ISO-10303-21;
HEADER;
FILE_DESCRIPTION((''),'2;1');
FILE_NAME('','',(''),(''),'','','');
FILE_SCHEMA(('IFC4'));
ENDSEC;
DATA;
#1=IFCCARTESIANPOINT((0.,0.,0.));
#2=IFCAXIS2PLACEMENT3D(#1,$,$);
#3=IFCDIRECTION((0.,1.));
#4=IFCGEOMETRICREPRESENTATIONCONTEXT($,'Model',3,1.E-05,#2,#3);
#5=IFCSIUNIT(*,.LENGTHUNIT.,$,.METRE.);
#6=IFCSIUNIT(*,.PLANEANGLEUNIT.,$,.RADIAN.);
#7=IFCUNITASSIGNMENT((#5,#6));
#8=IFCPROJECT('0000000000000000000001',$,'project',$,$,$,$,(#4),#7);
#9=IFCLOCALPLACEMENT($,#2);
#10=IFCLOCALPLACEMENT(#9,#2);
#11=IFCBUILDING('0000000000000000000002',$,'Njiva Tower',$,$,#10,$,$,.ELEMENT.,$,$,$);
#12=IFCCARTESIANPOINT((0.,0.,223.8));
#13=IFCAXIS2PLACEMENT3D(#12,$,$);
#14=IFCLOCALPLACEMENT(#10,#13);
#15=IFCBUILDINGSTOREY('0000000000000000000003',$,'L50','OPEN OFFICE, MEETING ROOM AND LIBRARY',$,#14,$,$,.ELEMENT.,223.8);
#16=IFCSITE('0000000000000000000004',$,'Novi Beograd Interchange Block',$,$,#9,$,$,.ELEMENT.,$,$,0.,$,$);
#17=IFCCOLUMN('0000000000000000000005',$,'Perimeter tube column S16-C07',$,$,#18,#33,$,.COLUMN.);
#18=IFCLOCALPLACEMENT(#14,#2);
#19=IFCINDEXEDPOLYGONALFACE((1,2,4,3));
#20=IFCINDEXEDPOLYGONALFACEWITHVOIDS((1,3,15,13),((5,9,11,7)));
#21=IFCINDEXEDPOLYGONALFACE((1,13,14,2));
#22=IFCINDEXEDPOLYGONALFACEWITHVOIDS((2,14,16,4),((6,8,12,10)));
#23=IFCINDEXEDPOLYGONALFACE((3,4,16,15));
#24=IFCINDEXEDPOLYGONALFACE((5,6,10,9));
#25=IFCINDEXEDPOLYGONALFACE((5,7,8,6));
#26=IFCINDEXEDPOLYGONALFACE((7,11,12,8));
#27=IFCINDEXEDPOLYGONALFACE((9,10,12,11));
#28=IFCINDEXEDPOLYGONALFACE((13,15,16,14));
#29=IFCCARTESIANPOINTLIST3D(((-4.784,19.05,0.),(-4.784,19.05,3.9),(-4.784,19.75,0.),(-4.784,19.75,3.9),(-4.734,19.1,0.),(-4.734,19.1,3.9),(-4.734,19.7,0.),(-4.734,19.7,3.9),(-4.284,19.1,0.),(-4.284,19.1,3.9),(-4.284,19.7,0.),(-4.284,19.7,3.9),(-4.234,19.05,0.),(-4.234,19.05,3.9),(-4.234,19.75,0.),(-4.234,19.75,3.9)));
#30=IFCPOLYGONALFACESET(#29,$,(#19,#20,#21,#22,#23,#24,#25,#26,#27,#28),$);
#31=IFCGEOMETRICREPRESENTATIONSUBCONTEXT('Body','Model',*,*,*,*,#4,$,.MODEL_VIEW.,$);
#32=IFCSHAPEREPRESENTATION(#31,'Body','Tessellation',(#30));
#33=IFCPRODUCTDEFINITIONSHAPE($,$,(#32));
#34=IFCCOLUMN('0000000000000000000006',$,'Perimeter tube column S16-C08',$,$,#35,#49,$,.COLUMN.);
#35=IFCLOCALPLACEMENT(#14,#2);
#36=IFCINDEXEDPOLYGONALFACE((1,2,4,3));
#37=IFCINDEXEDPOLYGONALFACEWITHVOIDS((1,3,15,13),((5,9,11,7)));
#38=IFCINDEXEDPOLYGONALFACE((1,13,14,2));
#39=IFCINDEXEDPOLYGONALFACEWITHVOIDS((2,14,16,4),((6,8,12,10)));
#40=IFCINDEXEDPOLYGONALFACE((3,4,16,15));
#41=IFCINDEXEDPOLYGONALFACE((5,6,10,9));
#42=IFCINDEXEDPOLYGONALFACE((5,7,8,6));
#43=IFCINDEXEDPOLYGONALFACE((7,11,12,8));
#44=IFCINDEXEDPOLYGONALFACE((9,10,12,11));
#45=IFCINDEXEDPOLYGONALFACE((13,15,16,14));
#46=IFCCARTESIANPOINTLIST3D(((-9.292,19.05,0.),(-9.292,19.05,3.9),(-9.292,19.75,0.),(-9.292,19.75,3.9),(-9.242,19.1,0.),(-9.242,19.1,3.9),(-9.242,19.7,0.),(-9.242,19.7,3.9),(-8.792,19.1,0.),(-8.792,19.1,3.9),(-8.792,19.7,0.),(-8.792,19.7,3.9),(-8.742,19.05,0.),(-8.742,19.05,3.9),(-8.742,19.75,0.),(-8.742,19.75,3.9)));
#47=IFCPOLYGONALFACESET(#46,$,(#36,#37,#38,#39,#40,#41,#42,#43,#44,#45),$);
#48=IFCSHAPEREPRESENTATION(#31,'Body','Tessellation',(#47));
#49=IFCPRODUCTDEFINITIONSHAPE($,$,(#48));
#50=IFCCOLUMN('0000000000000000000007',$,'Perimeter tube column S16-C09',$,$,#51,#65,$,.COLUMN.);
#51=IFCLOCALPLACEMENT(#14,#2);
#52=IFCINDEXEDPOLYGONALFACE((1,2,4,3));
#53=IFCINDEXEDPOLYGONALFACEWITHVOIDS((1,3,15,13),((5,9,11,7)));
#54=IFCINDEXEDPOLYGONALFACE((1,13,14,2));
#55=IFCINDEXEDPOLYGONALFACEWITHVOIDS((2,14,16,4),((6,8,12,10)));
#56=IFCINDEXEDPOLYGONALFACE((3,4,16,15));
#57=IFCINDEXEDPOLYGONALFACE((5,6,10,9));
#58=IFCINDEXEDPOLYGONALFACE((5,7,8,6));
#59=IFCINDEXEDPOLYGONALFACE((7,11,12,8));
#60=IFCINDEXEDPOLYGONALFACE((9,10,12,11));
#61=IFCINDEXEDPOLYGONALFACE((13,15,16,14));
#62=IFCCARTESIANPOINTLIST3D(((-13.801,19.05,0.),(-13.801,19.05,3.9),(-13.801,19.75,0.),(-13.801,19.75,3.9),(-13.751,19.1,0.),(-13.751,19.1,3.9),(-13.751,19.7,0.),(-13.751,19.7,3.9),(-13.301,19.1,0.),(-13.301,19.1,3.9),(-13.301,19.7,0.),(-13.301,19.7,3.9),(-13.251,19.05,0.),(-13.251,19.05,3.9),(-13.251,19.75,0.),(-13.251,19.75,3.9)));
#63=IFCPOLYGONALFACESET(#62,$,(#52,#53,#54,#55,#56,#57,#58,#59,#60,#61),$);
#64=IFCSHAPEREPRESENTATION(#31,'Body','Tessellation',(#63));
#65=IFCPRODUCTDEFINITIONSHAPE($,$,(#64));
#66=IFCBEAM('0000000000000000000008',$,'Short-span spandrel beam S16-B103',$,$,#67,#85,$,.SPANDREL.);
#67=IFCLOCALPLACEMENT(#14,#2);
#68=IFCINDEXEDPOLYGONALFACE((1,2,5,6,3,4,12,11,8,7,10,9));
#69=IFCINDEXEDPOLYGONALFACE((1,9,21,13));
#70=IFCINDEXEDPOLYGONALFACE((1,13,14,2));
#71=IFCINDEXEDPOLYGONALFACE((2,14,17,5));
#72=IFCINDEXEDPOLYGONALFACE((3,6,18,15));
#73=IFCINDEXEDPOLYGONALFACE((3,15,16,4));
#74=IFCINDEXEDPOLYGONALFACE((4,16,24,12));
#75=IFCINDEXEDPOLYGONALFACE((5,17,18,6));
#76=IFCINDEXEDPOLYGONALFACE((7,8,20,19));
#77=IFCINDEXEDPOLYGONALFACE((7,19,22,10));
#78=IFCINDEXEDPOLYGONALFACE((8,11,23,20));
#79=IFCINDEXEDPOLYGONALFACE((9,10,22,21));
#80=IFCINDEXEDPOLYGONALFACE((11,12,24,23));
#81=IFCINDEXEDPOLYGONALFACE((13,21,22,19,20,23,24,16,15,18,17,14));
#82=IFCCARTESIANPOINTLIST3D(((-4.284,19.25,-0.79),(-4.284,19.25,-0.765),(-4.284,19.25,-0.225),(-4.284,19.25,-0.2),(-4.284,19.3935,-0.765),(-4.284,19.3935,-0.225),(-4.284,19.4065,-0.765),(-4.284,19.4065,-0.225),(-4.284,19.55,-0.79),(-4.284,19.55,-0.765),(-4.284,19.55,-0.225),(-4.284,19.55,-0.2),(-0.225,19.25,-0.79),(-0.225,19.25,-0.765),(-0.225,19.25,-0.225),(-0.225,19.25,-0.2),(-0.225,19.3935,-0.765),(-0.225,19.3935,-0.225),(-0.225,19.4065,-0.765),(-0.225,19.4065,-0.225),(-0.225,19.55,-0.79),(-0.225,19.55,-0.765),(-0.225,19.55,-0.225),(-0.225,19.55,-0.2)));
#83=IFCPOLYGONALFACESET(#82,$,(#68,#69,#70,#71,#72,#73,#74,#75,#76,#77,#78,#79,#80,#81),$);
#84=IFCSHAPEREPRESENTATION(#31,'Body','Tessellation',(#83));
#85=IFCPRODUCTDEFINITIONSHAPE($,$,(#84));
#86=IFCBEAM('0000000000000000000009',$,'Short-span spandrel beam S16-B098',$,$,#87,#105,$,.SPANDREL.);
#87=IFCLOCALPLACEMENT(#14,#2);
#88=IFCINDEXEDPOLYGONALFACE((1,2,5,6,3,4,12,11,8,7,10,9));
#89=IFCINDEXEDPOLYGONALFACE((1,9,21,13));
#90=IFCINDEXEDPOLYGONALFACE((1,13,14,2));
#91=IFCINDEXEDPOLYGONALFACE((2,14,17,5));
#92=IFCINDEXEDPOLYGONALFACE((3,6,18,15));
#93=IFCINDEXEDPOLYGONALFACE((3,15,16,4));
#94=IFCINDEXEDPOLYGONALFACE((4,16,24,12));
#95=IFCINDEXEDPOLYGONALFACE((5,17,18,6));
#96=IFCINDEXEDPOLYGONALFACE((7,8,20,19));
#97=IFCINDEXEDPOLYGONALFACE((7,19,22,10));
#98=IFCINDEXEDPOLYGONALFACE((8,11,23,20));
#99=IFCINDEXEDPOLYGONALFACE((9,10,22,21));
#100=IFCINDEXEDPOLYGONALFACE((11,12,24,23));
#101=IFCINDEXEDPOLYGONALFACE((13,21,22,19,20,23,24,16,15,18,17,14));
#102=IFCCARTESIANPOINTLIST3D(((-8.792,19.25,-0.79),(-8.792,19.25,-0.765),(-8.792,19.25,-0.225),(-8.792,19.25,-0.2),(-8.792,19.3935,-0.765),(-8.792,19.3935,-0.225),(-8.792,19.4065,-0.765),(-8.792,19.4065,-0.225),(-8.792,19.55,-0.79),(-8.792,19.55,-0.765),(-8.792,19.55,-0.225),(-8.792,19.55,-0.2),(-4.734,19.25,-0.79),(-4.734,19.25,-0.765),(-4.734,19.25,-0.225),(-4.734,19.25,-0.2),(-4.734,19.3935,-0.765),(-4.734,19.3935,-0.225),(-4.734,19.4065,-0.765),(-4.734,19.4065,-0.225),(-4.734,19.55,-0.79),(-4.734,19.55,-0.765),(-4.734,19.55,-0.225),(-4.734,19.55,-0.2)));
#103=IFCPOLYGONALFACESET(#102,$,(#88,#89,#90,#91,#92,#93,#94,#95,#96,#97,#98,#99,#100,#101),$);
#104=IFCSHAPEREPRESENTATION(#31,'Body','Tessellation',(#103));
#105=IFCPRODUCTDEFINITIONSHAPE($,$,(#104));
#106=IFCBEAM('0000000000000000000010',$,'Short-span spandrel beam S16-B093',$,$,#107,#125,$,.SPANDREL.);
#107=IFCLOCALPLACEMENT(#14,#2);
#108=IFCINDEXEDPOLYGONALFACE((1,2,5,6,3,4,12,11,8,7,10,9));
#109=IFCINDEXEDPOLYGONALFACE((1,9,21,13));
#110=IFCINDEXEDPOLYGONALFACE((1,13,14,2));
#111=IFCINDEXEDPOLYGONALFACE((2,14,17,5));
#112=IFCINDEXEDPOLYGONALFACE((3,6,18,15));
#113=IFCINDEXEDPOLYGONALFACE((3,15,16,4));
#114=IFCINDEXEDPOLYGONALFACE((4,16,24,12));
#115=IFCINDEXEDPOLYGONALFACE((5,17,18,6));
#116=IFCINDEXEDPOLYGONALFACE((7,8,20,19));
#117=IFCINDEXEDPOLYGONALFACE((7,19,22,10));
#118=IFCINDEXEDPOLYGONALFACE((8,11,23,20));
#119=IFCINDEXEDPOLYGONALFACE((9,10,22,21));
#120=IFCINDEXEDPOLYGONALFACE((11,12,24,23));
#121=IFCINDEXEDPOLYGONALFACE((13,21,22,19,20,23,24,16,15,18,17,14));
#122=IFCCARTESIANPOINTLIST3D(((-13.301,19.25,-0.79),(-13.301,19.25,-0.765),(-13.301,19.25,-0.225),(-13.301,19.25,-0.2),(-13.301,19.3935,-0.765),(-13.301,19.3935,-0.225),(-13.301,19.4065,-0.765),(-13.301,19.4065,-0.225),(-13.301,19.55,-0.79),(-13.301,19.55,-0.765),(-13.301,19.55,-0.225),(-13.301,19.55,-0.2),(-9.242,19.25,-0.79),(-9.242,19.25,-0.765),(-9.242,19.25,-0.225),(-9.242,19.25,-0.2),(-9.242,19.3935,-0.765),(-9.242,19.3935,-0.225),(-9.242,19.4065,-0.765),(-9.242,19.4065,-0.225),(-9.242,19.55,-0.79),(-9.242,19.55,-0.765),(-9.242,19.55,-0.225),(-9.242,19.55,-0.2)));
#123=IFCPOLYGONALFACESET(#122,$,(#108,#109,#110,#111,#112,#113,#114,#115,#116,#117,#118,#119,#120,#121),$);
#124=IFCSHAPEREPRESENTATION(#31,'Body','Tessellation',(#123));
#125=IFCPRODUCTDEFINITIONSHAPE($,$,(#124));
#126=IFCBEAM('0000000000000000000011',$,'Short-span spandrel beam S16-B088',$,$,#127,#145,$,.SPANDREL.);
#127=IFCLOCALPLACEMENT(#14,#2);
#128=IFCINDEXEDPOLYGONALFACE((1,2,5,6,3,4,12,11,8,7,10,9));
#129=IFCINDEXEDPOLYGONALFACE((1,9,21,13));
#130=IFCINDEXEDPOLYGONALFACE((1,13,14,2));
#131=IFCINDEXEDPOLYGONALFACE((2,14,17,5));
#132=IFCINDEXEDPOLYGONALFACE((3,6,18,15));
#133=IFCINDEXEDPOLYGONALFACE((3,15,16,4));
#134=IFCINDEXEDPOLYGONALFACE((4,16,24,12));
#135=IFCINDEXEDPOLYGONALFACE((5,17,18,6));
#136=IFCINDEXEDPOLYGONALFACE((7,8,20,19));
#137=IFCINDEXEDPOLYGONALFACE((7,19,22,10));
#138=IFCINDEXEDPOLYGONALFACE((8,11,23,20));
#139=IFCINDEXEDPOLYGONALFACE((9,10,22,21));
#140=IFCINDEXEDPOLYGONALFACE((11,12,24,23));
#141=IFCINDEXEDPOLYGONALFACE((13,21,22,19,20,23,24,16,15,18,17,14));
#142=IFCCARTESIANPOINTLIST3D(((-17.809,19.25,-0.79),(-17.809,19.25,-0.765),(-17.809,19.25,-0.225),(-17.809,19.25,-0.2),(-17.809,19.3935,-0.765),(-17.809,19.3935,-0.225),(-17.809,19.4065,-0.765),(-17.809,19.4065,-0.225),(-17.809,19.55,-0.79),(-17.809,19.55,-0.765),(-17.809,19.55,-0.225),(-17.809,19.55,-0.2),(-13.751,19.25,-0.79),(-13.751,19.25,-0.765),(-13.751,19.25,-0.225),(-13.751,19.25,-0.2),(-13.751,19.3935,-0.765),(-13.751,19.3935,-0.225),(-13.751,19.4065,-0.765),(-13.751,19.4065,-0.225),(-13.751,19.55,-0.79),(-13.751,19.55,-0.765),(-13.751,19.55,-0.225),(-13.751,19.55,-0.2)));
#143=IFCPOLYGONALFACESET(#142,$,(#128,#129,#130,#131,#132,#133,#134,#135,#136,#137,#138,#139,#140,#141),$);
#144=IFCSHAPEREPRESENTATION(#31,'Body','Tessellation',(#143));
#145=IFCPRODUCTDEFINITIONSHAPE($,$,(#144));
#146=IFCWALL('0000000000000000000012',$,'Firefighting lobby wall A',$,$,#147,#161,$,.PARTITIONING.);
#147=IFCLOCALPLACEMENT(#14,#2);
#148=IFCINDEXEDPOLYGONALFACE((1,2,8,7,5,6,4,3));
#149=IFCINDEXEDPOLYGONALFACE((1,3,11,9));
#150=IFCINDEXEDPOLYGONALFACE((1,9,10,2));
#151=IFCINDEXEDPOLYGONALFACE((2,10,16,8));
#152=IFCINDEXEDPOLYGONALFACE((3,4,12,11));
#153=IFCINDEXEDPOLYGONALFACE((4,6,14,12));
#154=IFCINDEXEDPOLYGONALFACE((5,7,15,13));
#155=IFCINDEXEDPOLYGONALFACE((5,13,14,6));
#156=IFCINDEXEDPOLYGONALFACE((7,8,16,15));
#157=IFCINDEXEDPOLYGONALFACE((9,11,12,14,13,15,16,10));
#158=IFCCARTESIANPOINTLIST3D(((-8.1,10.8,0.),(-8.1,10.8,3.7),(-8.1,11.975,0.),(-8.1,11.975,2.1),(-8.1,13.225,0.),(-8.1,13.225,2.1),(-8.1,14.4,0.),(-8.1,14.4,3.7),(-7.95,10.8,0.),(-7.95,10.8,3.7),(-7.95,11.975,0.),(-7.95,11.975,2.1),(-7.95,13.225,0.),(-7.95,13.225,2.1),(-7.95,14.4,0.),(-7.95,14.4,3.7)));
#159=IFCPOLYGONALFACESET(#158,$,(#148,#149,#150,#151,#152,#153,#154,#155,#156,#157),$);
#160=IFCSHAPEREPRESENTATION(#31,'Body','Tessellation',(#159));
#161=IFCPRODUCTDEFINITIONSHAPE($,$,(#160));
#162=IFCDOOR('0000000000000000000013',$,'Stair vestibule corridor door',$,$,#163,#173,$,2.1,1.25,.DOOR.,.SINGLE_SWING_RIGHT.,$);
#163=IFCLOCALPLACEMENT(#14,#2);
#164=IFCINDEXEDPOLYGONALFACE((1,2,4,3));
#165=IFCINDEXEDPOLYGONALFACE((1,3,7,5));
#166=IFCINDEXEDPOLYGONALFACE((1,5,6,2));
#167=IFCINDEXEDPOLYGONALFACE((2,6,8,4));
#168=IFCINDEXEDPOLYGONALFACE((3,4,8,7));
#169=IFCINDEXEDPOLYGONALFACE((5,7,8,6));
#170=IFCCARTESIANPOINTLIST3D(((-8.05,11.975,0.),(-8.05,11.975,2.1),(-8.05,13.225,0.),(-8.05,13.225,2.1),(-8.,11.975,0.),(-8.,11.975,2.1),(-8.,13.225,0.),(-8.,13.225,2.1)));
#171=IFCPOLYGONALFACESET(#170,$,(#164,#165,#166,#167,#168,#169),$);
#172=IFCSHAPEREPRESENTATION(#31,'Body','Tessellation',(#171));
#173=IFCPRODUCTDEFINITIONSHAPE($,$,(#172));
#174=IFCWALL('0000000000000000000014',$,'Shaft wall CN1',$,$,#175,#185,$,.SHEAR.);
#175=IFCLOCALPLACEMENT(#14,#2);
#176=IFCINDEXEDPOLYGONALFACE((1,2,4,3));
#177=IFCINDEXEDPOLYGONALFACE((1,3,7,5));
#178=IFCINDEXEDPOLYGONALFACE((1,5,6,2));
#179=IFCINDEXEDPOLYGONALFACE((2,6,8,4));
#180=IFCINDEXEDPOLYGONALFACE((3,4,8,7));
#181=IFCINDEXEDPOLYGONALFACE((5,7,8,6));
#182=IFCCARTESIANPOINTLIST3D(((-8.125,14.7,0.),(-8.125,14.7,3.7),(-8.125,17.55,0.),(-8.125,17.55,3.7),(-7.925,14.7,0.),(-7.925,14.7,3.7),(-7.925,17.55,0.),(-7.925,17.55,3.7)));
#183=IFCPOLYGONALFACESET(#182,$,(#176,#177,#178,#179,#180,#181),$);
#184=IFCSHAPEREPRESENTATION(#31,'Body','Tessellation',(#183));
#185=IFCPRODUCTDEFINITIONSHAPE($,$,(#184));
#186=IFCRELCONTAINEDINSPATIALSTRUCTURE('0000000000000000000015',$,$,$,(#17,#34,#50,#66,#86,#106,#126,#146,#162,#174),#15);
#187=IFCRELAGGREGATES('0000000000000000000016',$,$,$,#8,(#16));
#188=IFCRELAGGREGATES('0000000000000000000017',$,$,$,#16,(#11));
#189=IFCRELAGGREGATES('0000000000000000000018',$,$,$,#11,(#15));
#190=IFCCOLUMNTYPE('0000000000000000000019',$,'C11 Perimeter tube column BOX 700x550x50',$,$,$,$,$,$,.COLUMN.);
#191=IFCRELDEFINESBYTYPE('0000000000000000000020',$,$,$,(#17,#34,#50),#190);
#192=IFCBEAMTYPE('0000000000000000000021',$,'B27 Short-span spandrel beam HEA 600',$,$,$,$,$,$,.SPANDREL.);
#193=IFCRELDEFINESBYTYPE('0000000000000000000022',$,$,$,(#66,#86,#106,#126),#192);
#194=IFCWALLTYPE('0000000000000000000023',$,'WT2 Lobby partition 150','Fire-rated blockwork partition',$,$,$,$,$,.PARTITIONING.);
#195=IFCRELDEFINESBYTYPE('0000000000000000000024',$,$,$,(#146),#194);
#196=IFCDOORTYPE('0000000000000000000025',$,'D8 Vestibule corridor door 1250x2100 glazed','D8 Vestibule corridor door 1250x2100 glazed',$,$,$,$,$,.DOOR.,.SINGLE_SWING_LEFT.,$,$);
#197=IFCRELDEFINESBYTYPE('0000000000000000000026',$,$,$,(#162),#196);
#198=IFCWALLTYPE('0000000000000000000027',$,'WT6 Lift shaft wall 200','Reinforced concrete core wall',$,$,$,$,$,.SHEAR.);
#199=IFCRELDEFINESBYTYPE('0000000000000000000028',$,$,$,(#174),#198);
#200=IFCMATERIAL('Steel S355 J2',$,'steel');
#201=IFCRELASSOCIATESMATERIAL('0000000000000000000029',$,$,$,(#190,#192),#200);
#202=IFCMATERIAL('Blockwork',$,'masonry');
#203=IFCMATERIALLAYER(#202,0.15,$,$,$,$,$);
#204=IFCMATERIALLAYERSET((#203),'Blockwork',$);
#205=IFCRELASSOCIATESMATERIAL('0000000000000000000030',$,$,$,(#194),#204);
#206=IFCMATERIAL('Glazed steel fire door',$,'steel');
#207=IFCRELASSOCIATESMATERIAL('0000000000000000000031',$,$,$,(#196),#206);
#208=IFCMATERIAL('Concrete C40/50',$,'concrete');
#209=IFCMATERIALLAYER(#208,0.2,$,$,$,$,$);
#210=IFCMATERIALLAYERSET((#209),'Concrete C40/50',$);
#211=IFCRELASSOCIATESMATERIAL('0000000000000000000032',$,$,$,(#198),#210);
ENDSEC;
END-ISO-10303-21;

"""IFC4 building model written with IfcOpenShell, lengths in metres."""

from ifc_helpers import new_model, si_unit, direction, frame, frame_2d, origin, origin_2d, place, context, subcontext, project, spatial, rectangle, hollow_rectangle, i_section, extrude, material, layer, layer_set, material_profile, profile_set, type_object, element, fill, save


model = new_model("IFC4")

# Units and contexts
model_context = context("Model", 3, precision=1e-05, world=origin(), true_north=direction((0.0, 1.0)))
body_context = subcontext(model_context, "Body", "Model", "MODEL_VIEW")
ifc_project = project(units=[si_unit("LENGTHUNIT", "METRE"), si_unit("PLANEANGLEUNIT", "RADIAN")], contexts=[model_context])

# Site, building, storey
site_placement = place(None, origin())
site = spatial("IfcSite", under=ifc_project, at=site_placement, Name="Novi Beograd Interchange Block", CompositionType="ELEMENT", RefElevation=0.0)
building_placement = place(site_placement, origin())
building = spatial("IfcBuilding", under=site, at=building_placement, Name="Njiva Tower", CompositionType="ELEMENT")
storey_placement = place(building_placement, frame((0.0, 0.0, 223.8)))
storey = spatial("IfcBuildingStorey", under=building, at=storey_placement, Name="L50", Description="OPEN OFFICE, MEETING ROOM AND LIBRARY", CompositionType="ELEMENT", Elevation=223.8)

# Columns
ifc_material_1 = material(Name="Steel S355 J2", Category="steel")
ifc_material_profile_1 = material_profile(ifc_material_1, hollow_rectangle(XDim=0.55, YDim=0.7, WallThickness=0.05, at=origin_2d()), Name="BOX 700x550x50")
ifc_profile_set_1 = profile_set([ifc_material_profile_1], Name="Steel S355 J2")
column_type = type_object("IfcColumnType", Name="C11 Perimeter tube column BOX 700x550x50", PredefinedType="COLUMN", material=ifc_profile_set_1)
for number, where, z_axis, x_axis, name in (
    (1, (-4.509, 19.4, 0.0), (0.0, 0.0, 1.0), (-1.0, 0.0, 0.0), "Perimeter tube column S16-C07"),
    (2, (-9.017, 19.4, 0.0), (0.0, 0.0, 1.0), (-1.0, 0.0, 0.0), "Perimeter tube column S16-C08"),
    (3, (-13.526, 19.4, 0.0), (0.0, 0.0, 1.0), (-1.0, 0.0, 0.0), "Perimeter tube column S16-C09"),
):
    element("IfcColumn", number, at=place(storey_placement, frame(where, z_axis=z_axis, x_axis=x_axis)), inside=storey, type_object=column_type, Name=name, PredefinedType="COLUMN", context=body_context, shape_type="SweptSolid", body=[
        extrude(hollow_rectangle(XDim=0.55, YDim=0.7, WallThickness=0.05, at=origin_2d()), origin(), (0.0, 0.0, 1.0), 3.9),
    ])

# Beams
ifc_material_profile_2 = material_profile(ifc_material_1, i_section(OverallWidth=0.3, OverallDepth=0.59, WebThickness=0.013, FlangeThickness=0.025, at=origin_2d()), Name="HEA 600")
ifc_profile_set_2 = profile_set([ifc_material_profile_2], Name="Steel S355 J2")
beam_type = type_object("IfcBeamType", Name="B27 Short-span spandrel beam HEA 600", PredefinedType="SPANDREL", material=ifc_profile_set_2)
beam_1_placement = place(storey_placement, frame((-0.225, 19.4, -0.495), z_axis=(-1.0, 0.0, 0.0), x_axis=(0.0, -1.0, 0.0)))
element("IfcBeam", 4, at=beam_1_placement, inside=storey, type_object=beam_type, Name="Short-span spandrel beam S16-B103", PredefinedType="SPANDREL", context=body_context, shape_type="SweptSolid", body=[
    extrude(i_section(OverallWidth=0.3, OverallDepth=0.59, WebThickness=0.013, FlangeThickness=0.025, at=origin_2d()), origin(), (0.0, 0.0, 1.0), 4.059),
])
beam_2_placement = place(storey_placement, frame((-4.734, 19.4, -0.495), z_axis=(-1.0, 0.0, 0.0), x_axis=(0.0, -1.0, 0.0)))
element("IfcBeam", 5, at=beam_2_placement, inside=storey, type_object=beam_type, Name="Short-span spandrel beam S16-B098", PredefinedType="SPANDREL", context=body_context, shape_type="SweptSolid", body=[
    extrude(i_section(OverallWidth=0.3, OverallDepth=0.59, WebThickness=0.013, FlangeThickness=0.025, at=origin_2d()), origin(), (0.0, 0.0, 1.0), 4.058),
])
beam_3_placement = place(storey_placement, frame((-9.242, 19.4, -0.495), z_axis=(-1.0, 0.0, 0.0), x_axis=(0.0, -1.0, 0.0)))
element("IfcBeam", 6, at=beam_3_placement, inside=storey, type_object=beam_type, Name="Short-span spandrel beam S16-B093", PredefinedType="SPANDREL", context=body_context, shape_type="SweptSolid", body=[
    extrude(i_section(OverallWidth=0.3, OverallDepth=0.59, WebThickness=0.013, FlangeThickness=0.025, at=origin_2d()), origin(), (0.0, 0.0, 1.0), 4.059),
])
beam_4_placement = place(storey_placement, frame((-13.751, 19.4, -0.495), z_axis=(-1.0, 0.0, 0.0), x_axis=(0.0, -1.0, 0.0)))
element("IfcBeam", 7, at=beam_4_placement, inside=storey, type_object=beam_type, Name="Short-span spandrel beam S16-B088", PredefinedType="SPANDREL", context=body_context, shape_type="SweptSolid", body=[
    extrude(i_section(OverallWidth=0.3, OverallDepth=0.59, WebThickness=0.013, FlangeThickness=0.025, at=origin_2d()), origin(), (0.0, 0.0, 1.0), 4.058),
])

# Wall, opening, door
ifc_material_2 = material(Name="Blockwork", Category="masonry")
ifc_layer_1 = layer(ifc_material_2, 0.15)
ifc_layer_set_1 = layer_set([ifc_layer_1], Name="Blockwork")
wall_type_1 = type_object("IfcWallType", Name="WT2 Lobby partition 150", Description="Fire-rated blockwork partition", PredefinedType="PARTITIONING", material=ifc_layer_set_1)
wall_1_placement = place(storey_placement, frame((-8.025, 10.8, 0.0), z_axis=(0.0, 0.0, 1.0), x_axis=(0.0, 1.0, 0.0)))
wall_1 = element("IfcWall", 8, at=wall_1_placement, inside=storey, type_object=wall_type_1, Name="Firefighting lobby wall A", PredefinedType="PARTITIONING", context=body_context, shape_type="SweptSolid", body=[
    extrude(rectangle(XDim=3.6, YDim=0.15, at=frame_2d((1.8, 0.0))), origin(), (0.0, 0.0, 1.0), 3.7),
])
opening_1_placement = place(wall_1_placement, frame((1.175, 0.0, 0.0)))
opening_1 = element("IfcOpeningElement", 9, at=opening_1_placement, cuts=wall_1, PredefinedType="OPENING", context=body_context, shape_type="SweptSolid", body=[
    extrude(rectangle(XDim=1.25, YDim=2.1, at=frame_2d((0.625, 1.05))), frame((0.0, 0.085, 0.0), z_axis=(0.0, -1.0, 0.0), x_axis=(1.0, 0.0, 0.0)), (0.0, 0.0, 1.0), 0.17),
])
ifc_material_3 = material(Name="Glazed steel fire door", Category="steel")
door_type_1 = type_object("IfcDoorType", Name="D8 Vestibule corridor door 1250x2100 glazed", Description="D8 Vestibule corridor door 1250x2100 glazed", OperationType="SINGLE_SWING_LEFT", PredefinedType="DOOR", material=ifc_material_3)
door_1_placement = place(opening_1_placement, origin())
door_1 = element("IfcDoor", 10, at=door_1_placement, inside=storey, type_object=door_type_1, Name="Stair vestibule corridor door", OperationType="SINGLE_SWING_RIGHT", OverallHeight=2.1, OverallWidth=1.25, PredefinedType="DOOR", context=body_context, shape_type="SweptSolid", body=[
    extrude(rectangle(XDim=1.25, YDim=2.1, at=frame_2d((0.625, 1.05))), frame((0.0, 0.025, 0.0), z_axis=(0.0, -1.0, 0.0), x_axis=(1.0, 0.0, 0.0)), (0.0, 0.0, 1.0), 0.05),
])
fill(opening_1, door_1)

# Wall
ifc_material_4 = material(Name="Concrete C40/50", Category="concrete")
ifc_layer_2 = layer(ifc_material_4, 0.2)
ifc_layer_set_2 = layer_set([ifc_layer_2], Name="Concrete C40/50")
wall_type_2 = type_object("IfcWallType", Name="WT6 Lift shaft wall 200", Description="Reinforced concrete core wall", PredefinedType="SHEAR", material=ifc_layer_set_2)
for number, where, z_axis, x_axis, name in (
    (11, (-8.025, 14.7, 0.0), (0.0, 0.0, 1.0), (0.0, 1.0, 0.0), "Shaft wall CN1"),
):
    element("IfcWall", number, at=place(storey_placement, frame(where, z_axis=z_axis, x_axis=x_axis)), inside=storey, type_object=wall_type_2, Name=name, PredefinedType="SHEAR", context=body_context, shape_type="SweptSolid", body=[
        extrude(rectangle(XDim=2.85, YDim=0.2, at=frame_2d((1.425, 0.0))), origin(), (0.0, 0.0, 1.0), 3.7),
    ])

save(model, "model.ifc")
